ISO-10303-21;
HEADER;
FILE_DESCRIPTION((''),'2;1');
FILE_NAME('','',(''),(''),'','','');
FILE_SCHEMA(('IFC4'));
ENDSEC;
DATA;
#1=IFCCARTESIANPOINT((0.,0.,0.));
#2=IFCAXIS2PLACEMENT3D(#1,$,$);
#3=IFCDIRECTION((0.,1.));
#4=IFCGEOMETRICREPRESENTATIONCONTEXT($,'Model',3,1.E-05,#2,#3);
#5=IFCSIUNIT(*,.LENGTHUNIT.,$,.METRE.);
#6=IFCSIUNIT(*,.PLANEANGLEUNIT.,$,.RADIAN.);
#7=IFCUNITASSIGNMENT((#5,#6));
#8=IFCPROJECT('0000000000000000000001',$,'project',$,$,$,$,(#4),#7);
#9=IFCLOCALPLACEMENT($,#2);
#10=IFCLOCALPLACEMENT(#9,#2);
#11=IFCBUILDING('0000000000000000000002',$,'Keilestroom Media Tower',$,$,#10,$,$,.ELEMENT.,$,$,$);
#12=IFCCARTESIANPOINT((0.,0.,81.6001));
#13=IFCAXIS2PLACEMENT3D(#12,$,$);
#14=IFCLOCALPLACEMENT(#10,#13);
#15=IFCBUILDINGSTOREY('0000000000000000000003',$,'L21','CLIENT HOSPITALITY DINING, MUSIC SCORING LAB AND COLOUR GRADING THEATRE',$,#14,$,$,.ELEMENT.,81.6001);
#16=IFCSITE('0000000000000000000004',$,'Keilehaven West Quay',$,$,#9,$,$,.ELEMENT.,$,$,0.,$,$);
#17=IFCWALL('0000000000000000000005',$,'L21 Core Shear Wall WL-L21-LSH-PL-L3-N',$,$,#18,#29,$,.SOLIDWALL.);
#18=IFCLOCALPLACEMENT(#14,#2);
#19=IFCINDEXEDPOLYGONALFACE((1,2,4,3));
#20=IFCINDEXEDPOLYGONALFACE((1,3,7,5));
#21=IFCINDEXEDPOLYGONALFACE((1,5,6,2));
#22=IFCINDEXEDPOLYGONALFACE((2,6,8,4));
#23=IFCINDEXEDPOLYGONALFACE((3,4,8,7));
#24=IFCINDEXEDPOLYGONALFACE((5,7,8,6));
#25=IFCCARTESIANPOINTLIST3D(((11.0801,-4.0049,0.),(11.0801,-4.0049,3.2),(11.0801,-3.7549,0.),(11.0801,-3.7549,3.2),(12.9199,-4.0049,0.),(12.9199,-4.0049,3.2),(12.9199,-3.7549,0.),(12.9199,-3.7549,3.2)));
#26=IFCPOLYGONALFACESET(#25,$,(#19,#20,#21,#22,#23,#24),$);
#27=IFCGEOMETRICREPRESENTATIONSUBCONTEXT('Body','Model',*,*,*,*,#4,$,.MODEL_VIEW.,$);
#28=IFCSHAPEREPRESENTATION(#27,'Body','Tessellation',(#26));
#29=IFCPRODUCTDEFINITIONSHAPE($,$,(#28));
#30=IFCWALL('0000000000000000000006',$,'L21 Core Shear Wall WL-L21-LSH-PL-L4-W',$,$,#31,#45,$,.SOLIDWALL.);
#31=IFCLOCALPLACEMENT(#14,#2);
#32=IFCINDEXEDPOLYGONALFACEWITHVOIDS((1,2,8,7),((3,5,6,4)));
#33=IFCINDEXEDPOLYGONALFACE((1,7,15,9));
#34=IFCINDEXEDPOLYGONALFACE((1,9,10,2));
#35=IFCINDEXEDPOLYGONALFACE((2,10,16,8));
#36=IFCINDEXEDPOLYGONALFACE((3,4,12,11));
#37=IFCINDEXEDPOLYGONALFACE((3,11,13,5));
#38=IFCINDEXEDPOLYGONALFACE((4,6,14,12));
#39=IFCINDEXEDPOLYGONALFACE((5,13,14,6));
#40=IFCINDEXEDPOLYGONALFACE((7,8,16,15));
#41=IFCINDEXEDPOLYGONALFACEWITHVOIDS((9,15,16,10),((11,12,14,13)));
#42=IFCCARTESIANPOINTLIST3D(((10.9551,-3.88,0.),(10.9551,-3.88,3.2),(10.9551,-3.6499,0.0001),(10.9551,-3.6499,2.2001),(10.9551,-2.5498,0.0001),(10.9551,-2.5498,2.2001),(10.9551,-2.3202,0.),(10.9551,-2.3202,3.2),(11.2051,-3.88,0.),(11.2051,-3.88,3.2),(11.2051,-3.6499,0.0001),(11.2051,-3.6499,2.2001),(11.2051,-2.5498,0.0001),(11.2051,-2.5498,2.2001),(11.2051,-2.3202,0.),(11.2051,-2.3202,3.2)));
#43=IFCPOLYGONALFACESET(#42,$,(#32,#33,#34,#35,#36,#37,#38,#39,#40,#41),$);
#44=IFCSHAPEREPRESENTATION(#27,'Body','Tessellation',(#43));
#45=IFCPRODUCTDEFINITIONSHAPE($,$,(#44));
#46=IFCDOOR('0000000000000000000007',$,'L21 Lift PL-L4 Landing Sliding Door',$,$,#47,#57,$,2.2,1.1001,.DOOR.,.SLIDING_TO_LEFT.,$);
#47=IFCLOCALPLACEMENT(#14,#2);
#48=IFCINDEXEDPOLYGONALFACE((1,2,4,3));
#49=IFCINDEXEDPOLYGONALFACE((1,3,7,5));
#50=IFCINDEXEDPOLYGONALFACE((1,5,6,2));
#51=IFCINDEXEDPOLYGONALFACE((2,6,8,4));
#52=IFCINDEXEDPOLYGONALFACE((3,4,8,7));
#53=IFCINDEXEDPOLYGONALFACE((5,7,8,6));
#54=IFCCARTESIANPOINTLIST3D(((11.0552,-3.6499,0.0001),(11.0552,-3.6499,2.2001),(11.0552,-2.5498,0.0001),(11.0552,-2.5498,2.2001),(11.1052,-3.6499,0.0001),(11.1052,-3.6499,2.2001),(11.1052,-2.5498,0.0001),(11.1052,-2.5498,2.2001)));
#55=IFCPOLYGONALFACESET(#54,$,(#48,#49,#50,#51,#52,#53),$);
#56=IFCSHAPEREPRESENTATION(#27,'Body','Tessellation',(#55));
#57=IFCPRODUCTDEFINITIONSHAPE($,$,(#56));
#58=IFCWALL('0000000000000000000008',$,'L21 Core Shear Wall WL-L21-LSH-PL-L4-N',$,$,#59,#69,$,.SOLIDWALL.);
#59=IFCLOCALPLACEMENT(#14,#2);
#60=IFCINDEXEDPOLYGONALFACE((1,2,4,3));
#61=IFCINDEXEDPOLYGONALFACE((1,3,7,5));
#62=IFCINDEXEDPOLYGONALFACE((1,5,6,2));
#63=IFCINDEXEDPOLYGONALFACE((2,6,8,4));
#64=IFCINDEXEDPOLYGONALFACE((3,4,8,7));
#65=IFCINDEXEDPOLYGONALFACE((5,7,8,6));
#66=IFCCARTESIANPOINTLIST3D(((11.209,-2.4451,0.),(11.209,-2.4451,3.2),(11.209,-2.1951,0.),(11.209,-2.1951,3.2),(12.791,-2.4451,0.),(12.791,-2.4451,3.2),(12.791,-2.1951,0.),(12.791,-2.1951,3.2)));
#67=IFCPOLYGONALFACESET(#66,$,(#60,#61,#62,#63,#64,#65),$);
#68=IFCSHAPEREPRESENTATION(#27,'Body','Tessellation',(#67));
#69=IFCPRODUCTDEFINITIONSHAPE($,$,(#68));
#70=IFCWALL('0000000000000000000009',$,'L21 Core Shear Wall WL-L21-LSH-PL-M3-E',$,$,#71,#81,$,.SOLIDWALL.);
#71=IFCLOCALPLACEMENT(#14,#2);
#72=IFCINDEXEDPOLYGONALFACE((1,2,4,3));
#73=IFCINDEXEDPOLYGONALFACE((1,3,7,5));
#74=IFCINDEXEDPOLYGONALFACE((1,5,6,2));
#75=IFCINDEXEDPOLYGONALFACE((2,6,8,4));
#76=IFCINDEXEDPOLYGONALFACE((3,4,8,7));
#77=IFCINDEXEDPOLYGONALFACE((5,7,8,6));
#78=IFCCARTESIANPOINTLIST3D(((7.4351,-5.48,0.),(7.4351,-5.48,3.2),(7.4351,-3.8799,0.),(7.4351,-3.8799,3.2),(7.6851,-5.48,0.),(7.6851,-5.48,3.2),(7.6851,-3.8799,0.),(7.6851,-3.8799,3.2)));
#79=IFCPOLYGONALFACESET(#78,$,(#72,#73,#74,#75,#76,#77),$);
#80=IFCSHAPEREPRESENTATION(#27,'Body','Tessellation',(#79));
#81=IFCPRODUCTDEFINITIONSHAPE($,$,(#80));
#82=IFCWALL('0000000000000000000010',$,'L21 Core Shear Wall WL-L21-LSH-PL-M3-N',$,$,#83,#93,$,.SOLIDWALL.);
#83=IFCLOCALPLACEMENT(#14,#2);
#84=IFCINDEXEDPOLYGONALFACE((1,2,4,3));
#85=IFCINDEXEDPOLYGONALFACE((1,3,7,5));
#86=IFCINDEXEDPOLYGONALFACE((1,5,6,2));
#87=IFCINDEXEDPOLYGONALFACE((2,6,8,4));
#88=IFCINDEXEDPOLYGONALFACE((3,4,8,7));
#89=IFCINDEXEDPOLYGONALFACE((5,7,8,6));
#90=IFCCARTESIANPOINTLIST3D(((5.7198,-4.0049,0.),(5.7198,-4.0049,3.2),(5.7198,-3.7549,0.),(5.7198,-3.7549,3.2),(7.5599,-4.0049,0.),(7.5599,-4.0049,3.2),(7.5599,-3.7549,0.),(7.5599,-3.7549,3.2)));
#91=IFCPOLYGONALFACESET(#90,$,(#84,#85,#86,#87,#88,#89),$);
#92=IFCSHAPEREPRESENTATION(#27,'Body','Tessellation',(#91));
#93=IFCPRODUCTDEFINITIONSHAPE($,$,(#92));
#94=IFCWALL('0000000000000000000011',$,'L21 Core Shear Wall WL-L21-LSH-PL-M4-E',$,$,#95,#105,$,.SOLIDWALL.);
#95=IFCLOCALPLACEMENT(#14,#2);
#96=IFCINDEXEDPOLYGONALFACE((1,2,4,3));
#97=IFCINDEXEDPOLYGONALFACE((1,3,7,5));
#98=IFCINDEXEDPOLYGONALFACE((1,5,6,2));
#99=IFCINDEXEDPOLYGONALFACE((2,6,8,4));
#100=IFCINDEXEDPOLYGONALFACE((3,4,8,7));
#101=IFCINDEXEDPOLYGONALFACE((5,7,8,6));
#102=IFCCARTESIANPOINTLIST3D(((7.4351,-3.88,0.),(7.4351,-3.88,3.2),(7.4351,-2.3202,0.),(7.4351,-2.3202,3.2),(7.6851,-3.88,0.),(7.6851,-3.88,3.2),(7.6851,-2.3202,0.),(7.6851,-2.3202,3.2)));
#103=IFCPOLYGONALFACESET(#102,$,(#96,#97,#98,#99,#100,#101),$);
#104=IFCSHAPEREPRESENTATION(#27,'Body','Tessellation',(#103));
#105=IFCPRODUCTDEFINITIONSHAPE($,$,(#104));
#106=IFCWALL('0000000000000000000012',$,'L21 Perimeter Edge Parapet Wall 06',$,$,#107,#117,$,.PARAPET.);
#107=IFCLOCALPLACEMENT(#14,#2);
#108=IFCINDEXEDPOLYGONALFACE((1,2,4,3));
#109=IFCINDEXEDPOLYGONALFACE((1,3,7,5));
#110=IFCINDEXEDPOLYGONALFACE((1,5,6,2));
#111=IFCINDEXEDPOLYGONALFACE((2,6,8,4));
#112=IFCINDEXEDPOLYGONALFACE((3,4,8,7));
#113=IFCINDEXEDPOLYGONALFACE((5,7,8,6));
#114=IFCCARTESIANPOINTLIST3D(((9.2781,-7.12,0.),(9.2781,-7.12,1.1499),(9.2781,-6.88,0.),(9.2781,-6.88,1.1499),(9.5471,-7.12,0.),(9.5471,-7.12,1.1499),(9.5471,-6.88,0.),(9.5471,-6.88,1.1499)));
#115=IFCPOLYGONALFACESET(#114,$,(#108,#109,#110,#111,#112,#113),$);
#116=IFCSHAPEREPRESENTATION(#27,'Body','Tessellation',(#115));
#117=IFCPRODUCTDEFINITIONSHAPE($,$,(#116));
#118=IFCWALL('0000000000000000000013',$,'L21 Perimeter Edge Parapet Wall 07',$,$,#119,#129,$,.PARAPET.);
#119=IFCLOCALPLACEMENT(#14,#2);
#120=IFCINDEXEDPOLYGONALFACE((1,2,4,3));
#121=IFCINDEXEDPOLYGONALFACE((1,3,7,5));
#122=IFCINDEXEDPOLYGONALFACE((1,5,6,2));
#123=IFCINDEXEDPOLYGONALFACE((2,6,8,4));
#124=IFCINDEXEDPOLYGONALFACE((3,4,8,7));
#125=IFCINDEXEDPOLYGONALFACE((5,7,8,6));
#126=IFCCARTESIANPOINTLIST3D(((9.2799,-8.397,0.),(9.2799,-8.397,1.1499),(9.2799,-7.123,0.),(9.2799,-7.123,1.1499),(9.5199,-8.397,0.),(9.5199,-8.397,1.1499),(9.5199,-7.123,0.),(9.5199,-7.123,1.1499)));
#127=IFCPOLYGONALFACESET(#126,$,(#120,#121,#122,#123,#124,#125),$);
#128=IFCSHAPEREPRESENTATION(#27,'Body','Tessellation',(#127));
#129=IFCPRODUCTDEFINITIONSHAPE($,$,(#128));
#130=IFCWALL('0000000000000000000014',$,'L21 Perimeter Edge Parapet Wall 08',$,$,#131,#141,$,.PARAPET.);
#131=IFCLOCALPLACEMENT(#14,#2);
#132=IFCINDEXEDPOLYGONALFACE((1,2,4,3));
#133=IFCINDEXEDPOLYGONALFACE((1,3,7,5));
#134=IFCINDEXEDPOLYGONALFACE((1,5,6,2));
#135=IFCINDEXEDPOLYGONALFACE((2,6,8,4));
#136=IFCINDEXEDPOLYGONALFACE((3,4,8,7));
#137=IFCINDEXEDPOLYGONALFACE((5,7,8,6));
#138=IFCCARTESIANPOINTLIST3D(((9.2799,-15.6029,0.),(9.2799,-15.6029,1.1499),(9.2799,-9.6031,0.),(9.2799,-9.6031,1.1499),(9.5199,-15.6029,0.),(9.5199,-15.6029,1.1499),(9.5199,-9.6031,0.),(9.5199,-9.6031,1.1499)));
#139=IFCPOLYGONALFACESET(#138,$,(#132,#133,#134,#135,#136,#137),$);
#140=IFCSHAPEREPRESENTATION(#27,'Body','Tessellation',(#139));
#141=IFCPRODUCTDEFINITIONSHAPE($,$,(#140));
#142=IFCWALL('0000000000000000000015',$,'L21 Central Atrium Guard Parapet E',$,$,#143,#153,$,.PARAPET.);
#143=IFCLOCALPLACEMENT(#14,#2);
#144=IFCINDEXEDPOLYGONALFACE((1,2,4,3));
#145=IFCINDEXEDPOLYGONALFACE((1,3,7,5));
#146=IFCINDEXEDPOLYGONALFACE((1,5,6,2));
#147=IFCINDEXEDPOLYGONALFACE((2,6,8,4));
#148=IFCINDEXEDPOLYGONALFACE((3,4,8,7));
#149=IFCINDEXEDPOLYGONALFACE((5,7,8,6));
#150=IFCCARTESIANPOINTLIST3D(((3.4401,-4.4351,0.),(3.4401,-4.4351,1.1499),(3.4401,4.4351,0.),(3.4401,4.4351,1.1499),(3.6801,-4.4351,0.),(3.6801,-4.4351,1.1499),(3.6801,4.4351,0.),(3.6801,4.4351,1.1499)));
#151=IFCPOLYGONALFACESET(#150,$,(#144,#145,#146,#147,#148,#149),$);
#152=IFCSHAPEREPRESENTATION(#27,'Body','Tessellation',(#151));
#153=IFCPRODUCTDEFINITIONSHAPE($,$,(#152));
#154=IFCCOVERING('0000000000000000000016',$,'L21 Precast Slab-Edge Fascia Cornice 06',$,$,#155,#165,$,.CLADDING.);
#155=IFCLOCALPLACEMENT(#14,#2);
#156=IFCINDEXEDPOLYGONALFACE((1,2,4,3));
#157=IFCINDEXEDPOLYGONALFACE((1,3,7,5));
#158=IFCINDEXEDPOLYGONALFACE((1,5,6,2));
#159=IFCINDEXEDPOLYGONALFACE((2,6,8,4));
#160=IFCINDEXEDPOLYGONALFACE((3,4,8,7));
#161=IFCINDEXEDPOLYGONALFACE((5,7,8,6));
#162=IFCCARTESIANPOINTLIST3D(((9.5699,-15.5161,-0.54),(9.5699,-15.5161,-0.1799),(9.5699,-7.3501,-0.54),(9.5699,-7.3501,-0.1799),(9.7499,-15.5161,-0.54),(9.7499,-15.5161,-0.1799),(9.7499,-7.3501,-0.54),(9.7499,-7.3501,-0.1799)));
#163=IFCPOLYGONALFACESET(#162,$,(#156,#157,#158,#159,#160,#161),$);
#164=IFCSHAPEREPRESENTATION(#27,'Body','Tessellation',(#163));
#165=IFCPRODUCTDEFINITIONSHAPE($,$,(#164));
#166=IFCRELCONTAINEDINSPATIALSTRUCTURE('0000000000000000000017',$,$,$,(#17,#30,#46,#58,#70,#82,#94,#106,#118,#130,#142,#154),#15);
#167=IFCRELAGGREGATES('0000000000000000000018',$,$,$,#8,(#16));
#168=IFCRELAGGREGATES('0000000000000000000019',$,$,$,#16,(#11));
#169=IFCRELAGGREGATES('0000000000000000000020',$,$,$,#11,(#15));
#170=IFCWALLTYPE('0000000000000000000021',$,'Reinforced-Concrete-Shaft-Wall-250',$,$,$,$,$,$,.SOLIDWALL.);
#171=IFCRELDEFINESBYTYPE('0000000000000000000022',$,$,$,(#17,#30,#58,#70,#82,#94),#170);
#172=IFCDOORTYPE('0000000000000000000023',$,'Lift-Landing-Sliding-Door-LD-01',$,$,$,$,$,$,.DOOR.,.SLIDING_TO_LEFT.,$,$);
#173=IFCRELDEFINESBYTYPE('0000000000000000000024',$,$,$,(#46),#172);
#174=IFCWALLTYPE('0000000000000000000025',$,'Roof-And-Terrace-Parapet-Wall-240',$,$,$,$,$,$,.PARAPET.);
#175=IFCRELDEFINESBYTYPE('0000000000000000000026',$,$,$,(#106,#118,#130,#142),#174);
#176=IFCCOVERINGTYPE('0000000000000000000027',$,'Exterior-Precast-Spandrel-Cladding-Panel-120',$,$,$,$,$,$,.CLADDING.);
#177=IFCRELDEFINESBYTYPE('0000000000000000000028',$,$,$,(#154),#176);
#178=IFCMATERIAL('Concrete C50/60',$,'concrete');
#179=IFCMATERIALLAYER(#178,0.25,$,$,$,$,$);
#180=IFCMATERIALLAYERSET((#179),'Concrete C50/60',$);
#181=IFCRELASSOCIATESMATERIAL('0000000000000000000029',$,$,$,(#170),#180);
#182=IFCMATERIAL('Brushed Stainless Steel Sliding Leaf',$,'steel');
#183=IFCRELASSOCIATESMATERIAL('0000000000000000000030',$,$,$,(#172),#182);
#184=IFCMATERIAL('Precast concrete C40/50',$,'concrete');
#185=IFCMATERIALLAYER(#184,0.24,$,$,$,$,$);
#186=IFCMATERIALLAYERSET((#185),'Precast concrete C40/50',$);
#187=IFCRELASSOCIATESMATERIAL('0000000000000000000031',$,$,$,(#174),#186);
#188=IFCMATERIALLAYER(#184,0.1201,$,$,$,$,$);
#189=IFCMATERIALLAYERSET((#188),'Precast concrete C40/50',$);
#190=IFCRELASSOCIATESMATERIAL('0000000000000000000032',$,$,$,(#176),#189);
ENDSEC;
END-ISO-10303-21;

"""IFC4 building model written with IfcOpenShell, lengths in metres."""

from ifc_helpers import new_model, si_unit, direction, frame, frame_2d, origin, origin_2d, place, context, subcontext, project, spatial, rectangle, extrude, source, transform, mapped, material, layer, layer_set, type_object, element, fill, save


model = new_model("IFC4")

# Units and contexts
model_context = context("Model", 3, precision=1e-05, world=origin(), true_north=direction((0.0, 1.0)))
body_context = subcontext(model_context, "Body", "Model", "MODEL_VIEW")
ifc_project = project(units=[si_unit("LENGTHUNIT", "METRE"), si_unit("PLANEANGLEUNIT", "RADIAN")], contexts=[model_context])

# Site, building, storey
site_placement = place(None, origin())
site = spatial("IfcSite", under=ifc_project, at=site_placement, Name="Keilehaven West Quay", CompositionType="ELEMENT", RefElevation=0.0)
building_placement = place(site_placement, origin())
building = spatial("IfcBuilding", under=site, at=building_placement, Name="Keilestroom Media Tower", CompositionType="ELEMENT")
storey_placement = place(building_placement, frame((0.0, 0.0, 81.6001)))
storey = spatial("IfcBuildingStorey", under=building, at=storey_placement, Name="L21", Description="CLIENT HOSPITALITY DINING, MUSIC SCORING LAB AND COLOUR GRADING THEATRE", CompositionType="ELEMENT", Elevation=81.6001)

# Shared definitions
ifc_material_1 = material(Name="Concrete C50/60", Category="concrete")
ifc_layer_1 = layer(ifc_material_1, 0.25)
ifc_layer_set_1 = layer_set([ifc_layer_1], Name="Concrete C50/60")
wall_type_1 = type_object("IfcWallType", Name="Reinforced-Concrete-Shaft-Wall-250", PredefinedType="SOLIDWALL", material=ifc_layer_set_1)

# Shared definitions
ifc_material_2 = material(Name="Brushed Stainless Steel Sliding Leaf", Category="steel")

# Shared definitions
door_type_1 = type_object("IfcDoorType", Name="Lift-Landing-Sliding-Door-LD-01", OperationType="SLIDING_TO_LEFT", PredefinedType="DOOR", material=ifc_material_2)
shared_shape_1 = source(origin(), body_context, "Body", "SweptSolid", [
    extrude(rectangle(XDim=1.1001, YDim=2.2, at=frame_2d((0.55, 1.1001))), frame((0.0, 0.0249, 0.0), z_axis=(0.0, -1.0, 0.0), x_axis=(1.0, 0.0, 0.0)), (0.0, 0.0, 1.0), 0.05),
])

# Wall
wall_1_placement = place(storey_placement, frame((11.0801, -3.8799, 0.0), z_axis=(0.0, 0.0, 1.0), x_axis=(1.0, 0.0, 0.0)))
element("IfcWall", 1, at=wall_1_placement, inside=storey, type_object=wall_type_1, Name="L21 Core Shear Wall WL-L21-LSH-PL-L3-N", PredefinedType="SOLIDWALL", context=body_context, shape_type="SweptSolid", body=[
    extrude(rectangle(XDim=1.8398, YDim=0.25, at=frame_2d((0.9199, 0.0))), origin(), (0.0, 0.0, 1.0), 3.2),
])

# Wall, opening, door
wall_2_placement = place(storey_placement, frame((11.0801, -3.8799, 0.0), z_axis=(0.0, 0.0, 1.0), x_axis=(0.0, 1.0, 0.0)))
wall_2 = element("IfcWall", 2, at=wall_2_placement, inside=storey, type_object=wall_type_1, Name="L21 Core Shear Wall WL-L21-LSH-PL-L4-W", PredefinedType="SOLIDWALL", context=body_context, shape_type="SweptSolid", body=[
    extrude(rectangle(XDim=1.5598, YDim=0.25, at=frame_2d((0.7798, 0.0))), origin(), (0.0, 0.0, 1.0), 3.2),
])
opening_1_placement = place(wall_2_placement, frame((0.23, 0.0, 0.0)))
opening_1 = element("IfcOpeningElement", 3, at=opening_1_placement, cuts=wall_2, PredefinedType="OPENING", context=body_context, shape_type="SweptSolid", body=[
    extrude(rectangle(XDim=1.1001, YDim=2.2, at=frame_2d((0.55, 1.1001))), frame((0.0, 0.135, 0.0), z_axis=(0.0, -1.0, 0.0), x_axis=(1.0, 0.0, 0.0)), (0.0, 0.0, 1.0), 0.27),
])
door_1_placement = place(opening_1_placement, origin())
door_1 = element("IfcDoor", 4, at=door_1_placement, inside=storey, type_object=door_type_1, Name="L21 Lift PL-L4 Landing Sliding Door", OperationType="SLIDING_TO_LEFT", OverallHeight=2.2, OverallWidth=1.1001, PredefinedType="DOOR", context=body_context, shape_type="MappedRepresentation", body=[
    mapped(shared_shape_1, transform((0.0, 0.0, 0.0), x_axis=(1.0, 0.0, 0.0), y_axis=(0.0, 1.0, 0.0), z_axis=(0.0, 0.0, 1.0), scale=1.0)),
])
fill(opening_1, door_1)

# Walls
wall_3_placement = place(storey_placement, frame((11.209, -2.3201, 0.0), z_axis=(0.0, 0.0, 1.0), x_axis=(1.0, 0.0, 0.0)))
element("IfcWall", 5, at=wall_3_placement, inside=storey, type_object=wall_type_1, Name="L21 Core Shear Wall WL-L21-LSH-PL-L4-N", PredefinedType="SOLIDWALL", context=body_context, shape_type="SweptSolid", body=[
    extrude(rectangle(XDim=1.582, YDim=0.25, at=frame_2d((0.791, 0.0))), origin(), (0.0, 0.0, 1.0), 3.2),
])
wall_4_placement = place(storey_placement, frame((7.5601, -5.48, 0.0), z_axis=(0.0, 0.0, 1.0), x_axis=(0.0, 1.0, 0.0)))
element("IfcWall", 6, at=wall_4_placement, inside=storey, type_object=wall_type_1, Name="L21 Core Shear Wall WL-L21-LSH-PL-M3-E", PredefinedType="SOLIDWALL", context=body_context, shape_type="SweptSolid", body=[
    extrude(rectangle(XDim=1.6001, YDim=0.25, at=frame_2d((0.8, 0.0))), origin(), (0.0, 0.0, 1.0), 3.2),
])
wall_5_placement = place(storey_placement, frame((5.72, -3.8799, 0.0), z_axis=(0.0, 0.0, 1.0), x_axis=(1.0, 0.0, 0.0)))
element("IfcWall", 7, at=wall_5_placement, inside=storey, type_object=wall_type_1, Name="L21 Core Shear Wall WL-L21-LSH-PL-M3-N", PredefinedType="SOLIDWALL", context=body_context, shape_type="SweptSolid", body=[
    extrude(rectangle(XDim=1.8401, YDim=0.25, at=frame_2d((0.9199, 0.0))), origin(), (0.0, 0.0, 1.0), 3.2),
])
wall_6_placement = place(storey_placement, frame((7.5601, -3.8799, 0.0), z_axis=(0.0, 0.0, 1.0), x_axis=(0.0, 1.0, 0.0)))
element("IfcWall", 8, at=wall_6_placement, inside=storey, type_object=wall_type_1, Name="L21 Core Shear Wall WL-L21-LSH-PL-M4-E", PredefinedType="SOLIDWALL", context=body_context, shape_type="SweptSolid", body=[
    extrude(rectangle(XDim=1.5598, YDim=0.25, at=frame_2d((0.7798, 0.0))), origin(), (0.0, 0.0, 1.0), 3.2),
])
ifc_material_3 = material(Name="Precast concrete C40/50", Category="concrete")
ifc_layer_2 = layer(ifc_material_3, 0.24)
ifc_layer_set_2 = layer_set([ifc_layer_2], Name="Precast concrete C40/50")
wall_type_2 = type_object("IfcWallType", Name="Roof-And-Terrace-Parapet-Wall-240", PredefinedType="PARAPET", material=ifc_layer_set_2)
wall_7_placement = place(storey_placement, frame((9.5471, -7.0, 0.0), z_axis=(0.0, 0.0, 1.0), x_axis=(-1.0, 0.0, 0.0)))
element("IfcWall", 9, at=wall_7_placement, inside=storey, type_object=wall_type_2, Name="L21 Perimeter Edge Parapet Wall 06", PredefinedType="PARAPET", context=body_context, shape_type="SweptSolid", body=[
    extrude(rectangle(XDim=0.269, YDim=0.24, at=frame_2d((0.1345, 0.0))), origin(), (0.0, 0.0, 1.0), 1.1499),
])
wall_8_placement = place(storey_placement, frame((9.3999, -7.123, 0.0), z_axis=(0.0, 0.0, 1.0), x_axis=(0.0, -1.0, 0.0)))
element("IfcWall", 10, at=wall_8_placement, inside=storey, type_object=wall_type_2, Name="L21 Perimeter Edge Parapet Wall 07", PredefinedType="PARAPET", context=body_context, shape_type="SweptSolid", body=[
    extrude(rectangle(XDim=1.2739, YDim=0.24, at=frame_2d((0.637, 0.0))), origin(), (0.0, 0.0, 1.0), 1.1499),
])
wall_9_placement = place(storey_placement, frame((9.3999, -9.603, 0.0), z_axis=(0.0, 0.0, 1.0), x_axis=(0.0, -1.0, 0.0)))
element("IfcWall", 11, at=wall_9_placement, inside=storey, type_object=wall_type_2, Name="L21 Perimeter Edge Parapet Wall 08", PredefinedType="PARAPET", context=body_context, shape_type="SweptSolid", body=[
    extrude(rectangle(XDim=5.9998, YDim=0.24, at=frame_2d((3.0, 0.0))), origin(), (0.0, 0.0, 1.0), 1.1499),
])
wall_10_placement = place(storey_placement, frame((3.5601, -4.4351, 0.0), z_axis=(0.0, 0.0, 1.0), x_axis=(0.0, 1.0, 0.0)))
element("IfcWall", 12, at=wall_10_placement, inside=storey, type_object=wall_type_2, Name="L21 Central Atrium Guard Parapet E", PredefinedType="PARAPET", context=body_context, shape_type="SweptSolid", body=[
    extrude(rectangle(XDim=8.8701, YDim=0.24, at=frame_2d((4.4351, 0.0))), origin(), (0.0, 0.0, 1.0), 1.1499),
])

# Covering
ifc_layer_3 = layer(ifc_material_3, 0.1201)
ifc_layer_set_3 = layer_set([ifc_layer_3], Name="Precast concrete C40/50")
covering_type = type_object("IfcCoveringType", Name="Exterior-Precast-Spandrel-Cladding-Panel-120", PredefinedType="CLADDING", material=ifc_layer_set_3)
shared_shape_2 = source(origin(), body_context, "Body", "SweptSolid", [
    extrude(rectangle(XDim=8.166, YDim=0.1799, at=origin_2d()), origin(), (0.0, 0.0, 1.0), 0.3601),
])
covering_placement = place(storey_placement, frame((9.6599, -11.4331, -0.54), z_axis=(0.0, 0.0, 1.0), x_axis=(0.0, -1.0, 0.0)))
element("IfcCovering", 13, at=covering_placement, inside=storey, type_object=covering_type, Name="L21 Precast Slab-Edge Fascia Cornice 06", PredefinedType="CLADDING", context=body_context, shape_type="MappedRepresentation", body=[
    mapped(shared_shape_2, transform((0.0, 0.0, 0.0), x_axis=(1.0, 0.0, 0.0), y_axis=(0.0, 1.0, 0.0), z_axis=(0.0, 0.0, 1.0), scale=1.0)),
])

save(model, "model.ifc")
